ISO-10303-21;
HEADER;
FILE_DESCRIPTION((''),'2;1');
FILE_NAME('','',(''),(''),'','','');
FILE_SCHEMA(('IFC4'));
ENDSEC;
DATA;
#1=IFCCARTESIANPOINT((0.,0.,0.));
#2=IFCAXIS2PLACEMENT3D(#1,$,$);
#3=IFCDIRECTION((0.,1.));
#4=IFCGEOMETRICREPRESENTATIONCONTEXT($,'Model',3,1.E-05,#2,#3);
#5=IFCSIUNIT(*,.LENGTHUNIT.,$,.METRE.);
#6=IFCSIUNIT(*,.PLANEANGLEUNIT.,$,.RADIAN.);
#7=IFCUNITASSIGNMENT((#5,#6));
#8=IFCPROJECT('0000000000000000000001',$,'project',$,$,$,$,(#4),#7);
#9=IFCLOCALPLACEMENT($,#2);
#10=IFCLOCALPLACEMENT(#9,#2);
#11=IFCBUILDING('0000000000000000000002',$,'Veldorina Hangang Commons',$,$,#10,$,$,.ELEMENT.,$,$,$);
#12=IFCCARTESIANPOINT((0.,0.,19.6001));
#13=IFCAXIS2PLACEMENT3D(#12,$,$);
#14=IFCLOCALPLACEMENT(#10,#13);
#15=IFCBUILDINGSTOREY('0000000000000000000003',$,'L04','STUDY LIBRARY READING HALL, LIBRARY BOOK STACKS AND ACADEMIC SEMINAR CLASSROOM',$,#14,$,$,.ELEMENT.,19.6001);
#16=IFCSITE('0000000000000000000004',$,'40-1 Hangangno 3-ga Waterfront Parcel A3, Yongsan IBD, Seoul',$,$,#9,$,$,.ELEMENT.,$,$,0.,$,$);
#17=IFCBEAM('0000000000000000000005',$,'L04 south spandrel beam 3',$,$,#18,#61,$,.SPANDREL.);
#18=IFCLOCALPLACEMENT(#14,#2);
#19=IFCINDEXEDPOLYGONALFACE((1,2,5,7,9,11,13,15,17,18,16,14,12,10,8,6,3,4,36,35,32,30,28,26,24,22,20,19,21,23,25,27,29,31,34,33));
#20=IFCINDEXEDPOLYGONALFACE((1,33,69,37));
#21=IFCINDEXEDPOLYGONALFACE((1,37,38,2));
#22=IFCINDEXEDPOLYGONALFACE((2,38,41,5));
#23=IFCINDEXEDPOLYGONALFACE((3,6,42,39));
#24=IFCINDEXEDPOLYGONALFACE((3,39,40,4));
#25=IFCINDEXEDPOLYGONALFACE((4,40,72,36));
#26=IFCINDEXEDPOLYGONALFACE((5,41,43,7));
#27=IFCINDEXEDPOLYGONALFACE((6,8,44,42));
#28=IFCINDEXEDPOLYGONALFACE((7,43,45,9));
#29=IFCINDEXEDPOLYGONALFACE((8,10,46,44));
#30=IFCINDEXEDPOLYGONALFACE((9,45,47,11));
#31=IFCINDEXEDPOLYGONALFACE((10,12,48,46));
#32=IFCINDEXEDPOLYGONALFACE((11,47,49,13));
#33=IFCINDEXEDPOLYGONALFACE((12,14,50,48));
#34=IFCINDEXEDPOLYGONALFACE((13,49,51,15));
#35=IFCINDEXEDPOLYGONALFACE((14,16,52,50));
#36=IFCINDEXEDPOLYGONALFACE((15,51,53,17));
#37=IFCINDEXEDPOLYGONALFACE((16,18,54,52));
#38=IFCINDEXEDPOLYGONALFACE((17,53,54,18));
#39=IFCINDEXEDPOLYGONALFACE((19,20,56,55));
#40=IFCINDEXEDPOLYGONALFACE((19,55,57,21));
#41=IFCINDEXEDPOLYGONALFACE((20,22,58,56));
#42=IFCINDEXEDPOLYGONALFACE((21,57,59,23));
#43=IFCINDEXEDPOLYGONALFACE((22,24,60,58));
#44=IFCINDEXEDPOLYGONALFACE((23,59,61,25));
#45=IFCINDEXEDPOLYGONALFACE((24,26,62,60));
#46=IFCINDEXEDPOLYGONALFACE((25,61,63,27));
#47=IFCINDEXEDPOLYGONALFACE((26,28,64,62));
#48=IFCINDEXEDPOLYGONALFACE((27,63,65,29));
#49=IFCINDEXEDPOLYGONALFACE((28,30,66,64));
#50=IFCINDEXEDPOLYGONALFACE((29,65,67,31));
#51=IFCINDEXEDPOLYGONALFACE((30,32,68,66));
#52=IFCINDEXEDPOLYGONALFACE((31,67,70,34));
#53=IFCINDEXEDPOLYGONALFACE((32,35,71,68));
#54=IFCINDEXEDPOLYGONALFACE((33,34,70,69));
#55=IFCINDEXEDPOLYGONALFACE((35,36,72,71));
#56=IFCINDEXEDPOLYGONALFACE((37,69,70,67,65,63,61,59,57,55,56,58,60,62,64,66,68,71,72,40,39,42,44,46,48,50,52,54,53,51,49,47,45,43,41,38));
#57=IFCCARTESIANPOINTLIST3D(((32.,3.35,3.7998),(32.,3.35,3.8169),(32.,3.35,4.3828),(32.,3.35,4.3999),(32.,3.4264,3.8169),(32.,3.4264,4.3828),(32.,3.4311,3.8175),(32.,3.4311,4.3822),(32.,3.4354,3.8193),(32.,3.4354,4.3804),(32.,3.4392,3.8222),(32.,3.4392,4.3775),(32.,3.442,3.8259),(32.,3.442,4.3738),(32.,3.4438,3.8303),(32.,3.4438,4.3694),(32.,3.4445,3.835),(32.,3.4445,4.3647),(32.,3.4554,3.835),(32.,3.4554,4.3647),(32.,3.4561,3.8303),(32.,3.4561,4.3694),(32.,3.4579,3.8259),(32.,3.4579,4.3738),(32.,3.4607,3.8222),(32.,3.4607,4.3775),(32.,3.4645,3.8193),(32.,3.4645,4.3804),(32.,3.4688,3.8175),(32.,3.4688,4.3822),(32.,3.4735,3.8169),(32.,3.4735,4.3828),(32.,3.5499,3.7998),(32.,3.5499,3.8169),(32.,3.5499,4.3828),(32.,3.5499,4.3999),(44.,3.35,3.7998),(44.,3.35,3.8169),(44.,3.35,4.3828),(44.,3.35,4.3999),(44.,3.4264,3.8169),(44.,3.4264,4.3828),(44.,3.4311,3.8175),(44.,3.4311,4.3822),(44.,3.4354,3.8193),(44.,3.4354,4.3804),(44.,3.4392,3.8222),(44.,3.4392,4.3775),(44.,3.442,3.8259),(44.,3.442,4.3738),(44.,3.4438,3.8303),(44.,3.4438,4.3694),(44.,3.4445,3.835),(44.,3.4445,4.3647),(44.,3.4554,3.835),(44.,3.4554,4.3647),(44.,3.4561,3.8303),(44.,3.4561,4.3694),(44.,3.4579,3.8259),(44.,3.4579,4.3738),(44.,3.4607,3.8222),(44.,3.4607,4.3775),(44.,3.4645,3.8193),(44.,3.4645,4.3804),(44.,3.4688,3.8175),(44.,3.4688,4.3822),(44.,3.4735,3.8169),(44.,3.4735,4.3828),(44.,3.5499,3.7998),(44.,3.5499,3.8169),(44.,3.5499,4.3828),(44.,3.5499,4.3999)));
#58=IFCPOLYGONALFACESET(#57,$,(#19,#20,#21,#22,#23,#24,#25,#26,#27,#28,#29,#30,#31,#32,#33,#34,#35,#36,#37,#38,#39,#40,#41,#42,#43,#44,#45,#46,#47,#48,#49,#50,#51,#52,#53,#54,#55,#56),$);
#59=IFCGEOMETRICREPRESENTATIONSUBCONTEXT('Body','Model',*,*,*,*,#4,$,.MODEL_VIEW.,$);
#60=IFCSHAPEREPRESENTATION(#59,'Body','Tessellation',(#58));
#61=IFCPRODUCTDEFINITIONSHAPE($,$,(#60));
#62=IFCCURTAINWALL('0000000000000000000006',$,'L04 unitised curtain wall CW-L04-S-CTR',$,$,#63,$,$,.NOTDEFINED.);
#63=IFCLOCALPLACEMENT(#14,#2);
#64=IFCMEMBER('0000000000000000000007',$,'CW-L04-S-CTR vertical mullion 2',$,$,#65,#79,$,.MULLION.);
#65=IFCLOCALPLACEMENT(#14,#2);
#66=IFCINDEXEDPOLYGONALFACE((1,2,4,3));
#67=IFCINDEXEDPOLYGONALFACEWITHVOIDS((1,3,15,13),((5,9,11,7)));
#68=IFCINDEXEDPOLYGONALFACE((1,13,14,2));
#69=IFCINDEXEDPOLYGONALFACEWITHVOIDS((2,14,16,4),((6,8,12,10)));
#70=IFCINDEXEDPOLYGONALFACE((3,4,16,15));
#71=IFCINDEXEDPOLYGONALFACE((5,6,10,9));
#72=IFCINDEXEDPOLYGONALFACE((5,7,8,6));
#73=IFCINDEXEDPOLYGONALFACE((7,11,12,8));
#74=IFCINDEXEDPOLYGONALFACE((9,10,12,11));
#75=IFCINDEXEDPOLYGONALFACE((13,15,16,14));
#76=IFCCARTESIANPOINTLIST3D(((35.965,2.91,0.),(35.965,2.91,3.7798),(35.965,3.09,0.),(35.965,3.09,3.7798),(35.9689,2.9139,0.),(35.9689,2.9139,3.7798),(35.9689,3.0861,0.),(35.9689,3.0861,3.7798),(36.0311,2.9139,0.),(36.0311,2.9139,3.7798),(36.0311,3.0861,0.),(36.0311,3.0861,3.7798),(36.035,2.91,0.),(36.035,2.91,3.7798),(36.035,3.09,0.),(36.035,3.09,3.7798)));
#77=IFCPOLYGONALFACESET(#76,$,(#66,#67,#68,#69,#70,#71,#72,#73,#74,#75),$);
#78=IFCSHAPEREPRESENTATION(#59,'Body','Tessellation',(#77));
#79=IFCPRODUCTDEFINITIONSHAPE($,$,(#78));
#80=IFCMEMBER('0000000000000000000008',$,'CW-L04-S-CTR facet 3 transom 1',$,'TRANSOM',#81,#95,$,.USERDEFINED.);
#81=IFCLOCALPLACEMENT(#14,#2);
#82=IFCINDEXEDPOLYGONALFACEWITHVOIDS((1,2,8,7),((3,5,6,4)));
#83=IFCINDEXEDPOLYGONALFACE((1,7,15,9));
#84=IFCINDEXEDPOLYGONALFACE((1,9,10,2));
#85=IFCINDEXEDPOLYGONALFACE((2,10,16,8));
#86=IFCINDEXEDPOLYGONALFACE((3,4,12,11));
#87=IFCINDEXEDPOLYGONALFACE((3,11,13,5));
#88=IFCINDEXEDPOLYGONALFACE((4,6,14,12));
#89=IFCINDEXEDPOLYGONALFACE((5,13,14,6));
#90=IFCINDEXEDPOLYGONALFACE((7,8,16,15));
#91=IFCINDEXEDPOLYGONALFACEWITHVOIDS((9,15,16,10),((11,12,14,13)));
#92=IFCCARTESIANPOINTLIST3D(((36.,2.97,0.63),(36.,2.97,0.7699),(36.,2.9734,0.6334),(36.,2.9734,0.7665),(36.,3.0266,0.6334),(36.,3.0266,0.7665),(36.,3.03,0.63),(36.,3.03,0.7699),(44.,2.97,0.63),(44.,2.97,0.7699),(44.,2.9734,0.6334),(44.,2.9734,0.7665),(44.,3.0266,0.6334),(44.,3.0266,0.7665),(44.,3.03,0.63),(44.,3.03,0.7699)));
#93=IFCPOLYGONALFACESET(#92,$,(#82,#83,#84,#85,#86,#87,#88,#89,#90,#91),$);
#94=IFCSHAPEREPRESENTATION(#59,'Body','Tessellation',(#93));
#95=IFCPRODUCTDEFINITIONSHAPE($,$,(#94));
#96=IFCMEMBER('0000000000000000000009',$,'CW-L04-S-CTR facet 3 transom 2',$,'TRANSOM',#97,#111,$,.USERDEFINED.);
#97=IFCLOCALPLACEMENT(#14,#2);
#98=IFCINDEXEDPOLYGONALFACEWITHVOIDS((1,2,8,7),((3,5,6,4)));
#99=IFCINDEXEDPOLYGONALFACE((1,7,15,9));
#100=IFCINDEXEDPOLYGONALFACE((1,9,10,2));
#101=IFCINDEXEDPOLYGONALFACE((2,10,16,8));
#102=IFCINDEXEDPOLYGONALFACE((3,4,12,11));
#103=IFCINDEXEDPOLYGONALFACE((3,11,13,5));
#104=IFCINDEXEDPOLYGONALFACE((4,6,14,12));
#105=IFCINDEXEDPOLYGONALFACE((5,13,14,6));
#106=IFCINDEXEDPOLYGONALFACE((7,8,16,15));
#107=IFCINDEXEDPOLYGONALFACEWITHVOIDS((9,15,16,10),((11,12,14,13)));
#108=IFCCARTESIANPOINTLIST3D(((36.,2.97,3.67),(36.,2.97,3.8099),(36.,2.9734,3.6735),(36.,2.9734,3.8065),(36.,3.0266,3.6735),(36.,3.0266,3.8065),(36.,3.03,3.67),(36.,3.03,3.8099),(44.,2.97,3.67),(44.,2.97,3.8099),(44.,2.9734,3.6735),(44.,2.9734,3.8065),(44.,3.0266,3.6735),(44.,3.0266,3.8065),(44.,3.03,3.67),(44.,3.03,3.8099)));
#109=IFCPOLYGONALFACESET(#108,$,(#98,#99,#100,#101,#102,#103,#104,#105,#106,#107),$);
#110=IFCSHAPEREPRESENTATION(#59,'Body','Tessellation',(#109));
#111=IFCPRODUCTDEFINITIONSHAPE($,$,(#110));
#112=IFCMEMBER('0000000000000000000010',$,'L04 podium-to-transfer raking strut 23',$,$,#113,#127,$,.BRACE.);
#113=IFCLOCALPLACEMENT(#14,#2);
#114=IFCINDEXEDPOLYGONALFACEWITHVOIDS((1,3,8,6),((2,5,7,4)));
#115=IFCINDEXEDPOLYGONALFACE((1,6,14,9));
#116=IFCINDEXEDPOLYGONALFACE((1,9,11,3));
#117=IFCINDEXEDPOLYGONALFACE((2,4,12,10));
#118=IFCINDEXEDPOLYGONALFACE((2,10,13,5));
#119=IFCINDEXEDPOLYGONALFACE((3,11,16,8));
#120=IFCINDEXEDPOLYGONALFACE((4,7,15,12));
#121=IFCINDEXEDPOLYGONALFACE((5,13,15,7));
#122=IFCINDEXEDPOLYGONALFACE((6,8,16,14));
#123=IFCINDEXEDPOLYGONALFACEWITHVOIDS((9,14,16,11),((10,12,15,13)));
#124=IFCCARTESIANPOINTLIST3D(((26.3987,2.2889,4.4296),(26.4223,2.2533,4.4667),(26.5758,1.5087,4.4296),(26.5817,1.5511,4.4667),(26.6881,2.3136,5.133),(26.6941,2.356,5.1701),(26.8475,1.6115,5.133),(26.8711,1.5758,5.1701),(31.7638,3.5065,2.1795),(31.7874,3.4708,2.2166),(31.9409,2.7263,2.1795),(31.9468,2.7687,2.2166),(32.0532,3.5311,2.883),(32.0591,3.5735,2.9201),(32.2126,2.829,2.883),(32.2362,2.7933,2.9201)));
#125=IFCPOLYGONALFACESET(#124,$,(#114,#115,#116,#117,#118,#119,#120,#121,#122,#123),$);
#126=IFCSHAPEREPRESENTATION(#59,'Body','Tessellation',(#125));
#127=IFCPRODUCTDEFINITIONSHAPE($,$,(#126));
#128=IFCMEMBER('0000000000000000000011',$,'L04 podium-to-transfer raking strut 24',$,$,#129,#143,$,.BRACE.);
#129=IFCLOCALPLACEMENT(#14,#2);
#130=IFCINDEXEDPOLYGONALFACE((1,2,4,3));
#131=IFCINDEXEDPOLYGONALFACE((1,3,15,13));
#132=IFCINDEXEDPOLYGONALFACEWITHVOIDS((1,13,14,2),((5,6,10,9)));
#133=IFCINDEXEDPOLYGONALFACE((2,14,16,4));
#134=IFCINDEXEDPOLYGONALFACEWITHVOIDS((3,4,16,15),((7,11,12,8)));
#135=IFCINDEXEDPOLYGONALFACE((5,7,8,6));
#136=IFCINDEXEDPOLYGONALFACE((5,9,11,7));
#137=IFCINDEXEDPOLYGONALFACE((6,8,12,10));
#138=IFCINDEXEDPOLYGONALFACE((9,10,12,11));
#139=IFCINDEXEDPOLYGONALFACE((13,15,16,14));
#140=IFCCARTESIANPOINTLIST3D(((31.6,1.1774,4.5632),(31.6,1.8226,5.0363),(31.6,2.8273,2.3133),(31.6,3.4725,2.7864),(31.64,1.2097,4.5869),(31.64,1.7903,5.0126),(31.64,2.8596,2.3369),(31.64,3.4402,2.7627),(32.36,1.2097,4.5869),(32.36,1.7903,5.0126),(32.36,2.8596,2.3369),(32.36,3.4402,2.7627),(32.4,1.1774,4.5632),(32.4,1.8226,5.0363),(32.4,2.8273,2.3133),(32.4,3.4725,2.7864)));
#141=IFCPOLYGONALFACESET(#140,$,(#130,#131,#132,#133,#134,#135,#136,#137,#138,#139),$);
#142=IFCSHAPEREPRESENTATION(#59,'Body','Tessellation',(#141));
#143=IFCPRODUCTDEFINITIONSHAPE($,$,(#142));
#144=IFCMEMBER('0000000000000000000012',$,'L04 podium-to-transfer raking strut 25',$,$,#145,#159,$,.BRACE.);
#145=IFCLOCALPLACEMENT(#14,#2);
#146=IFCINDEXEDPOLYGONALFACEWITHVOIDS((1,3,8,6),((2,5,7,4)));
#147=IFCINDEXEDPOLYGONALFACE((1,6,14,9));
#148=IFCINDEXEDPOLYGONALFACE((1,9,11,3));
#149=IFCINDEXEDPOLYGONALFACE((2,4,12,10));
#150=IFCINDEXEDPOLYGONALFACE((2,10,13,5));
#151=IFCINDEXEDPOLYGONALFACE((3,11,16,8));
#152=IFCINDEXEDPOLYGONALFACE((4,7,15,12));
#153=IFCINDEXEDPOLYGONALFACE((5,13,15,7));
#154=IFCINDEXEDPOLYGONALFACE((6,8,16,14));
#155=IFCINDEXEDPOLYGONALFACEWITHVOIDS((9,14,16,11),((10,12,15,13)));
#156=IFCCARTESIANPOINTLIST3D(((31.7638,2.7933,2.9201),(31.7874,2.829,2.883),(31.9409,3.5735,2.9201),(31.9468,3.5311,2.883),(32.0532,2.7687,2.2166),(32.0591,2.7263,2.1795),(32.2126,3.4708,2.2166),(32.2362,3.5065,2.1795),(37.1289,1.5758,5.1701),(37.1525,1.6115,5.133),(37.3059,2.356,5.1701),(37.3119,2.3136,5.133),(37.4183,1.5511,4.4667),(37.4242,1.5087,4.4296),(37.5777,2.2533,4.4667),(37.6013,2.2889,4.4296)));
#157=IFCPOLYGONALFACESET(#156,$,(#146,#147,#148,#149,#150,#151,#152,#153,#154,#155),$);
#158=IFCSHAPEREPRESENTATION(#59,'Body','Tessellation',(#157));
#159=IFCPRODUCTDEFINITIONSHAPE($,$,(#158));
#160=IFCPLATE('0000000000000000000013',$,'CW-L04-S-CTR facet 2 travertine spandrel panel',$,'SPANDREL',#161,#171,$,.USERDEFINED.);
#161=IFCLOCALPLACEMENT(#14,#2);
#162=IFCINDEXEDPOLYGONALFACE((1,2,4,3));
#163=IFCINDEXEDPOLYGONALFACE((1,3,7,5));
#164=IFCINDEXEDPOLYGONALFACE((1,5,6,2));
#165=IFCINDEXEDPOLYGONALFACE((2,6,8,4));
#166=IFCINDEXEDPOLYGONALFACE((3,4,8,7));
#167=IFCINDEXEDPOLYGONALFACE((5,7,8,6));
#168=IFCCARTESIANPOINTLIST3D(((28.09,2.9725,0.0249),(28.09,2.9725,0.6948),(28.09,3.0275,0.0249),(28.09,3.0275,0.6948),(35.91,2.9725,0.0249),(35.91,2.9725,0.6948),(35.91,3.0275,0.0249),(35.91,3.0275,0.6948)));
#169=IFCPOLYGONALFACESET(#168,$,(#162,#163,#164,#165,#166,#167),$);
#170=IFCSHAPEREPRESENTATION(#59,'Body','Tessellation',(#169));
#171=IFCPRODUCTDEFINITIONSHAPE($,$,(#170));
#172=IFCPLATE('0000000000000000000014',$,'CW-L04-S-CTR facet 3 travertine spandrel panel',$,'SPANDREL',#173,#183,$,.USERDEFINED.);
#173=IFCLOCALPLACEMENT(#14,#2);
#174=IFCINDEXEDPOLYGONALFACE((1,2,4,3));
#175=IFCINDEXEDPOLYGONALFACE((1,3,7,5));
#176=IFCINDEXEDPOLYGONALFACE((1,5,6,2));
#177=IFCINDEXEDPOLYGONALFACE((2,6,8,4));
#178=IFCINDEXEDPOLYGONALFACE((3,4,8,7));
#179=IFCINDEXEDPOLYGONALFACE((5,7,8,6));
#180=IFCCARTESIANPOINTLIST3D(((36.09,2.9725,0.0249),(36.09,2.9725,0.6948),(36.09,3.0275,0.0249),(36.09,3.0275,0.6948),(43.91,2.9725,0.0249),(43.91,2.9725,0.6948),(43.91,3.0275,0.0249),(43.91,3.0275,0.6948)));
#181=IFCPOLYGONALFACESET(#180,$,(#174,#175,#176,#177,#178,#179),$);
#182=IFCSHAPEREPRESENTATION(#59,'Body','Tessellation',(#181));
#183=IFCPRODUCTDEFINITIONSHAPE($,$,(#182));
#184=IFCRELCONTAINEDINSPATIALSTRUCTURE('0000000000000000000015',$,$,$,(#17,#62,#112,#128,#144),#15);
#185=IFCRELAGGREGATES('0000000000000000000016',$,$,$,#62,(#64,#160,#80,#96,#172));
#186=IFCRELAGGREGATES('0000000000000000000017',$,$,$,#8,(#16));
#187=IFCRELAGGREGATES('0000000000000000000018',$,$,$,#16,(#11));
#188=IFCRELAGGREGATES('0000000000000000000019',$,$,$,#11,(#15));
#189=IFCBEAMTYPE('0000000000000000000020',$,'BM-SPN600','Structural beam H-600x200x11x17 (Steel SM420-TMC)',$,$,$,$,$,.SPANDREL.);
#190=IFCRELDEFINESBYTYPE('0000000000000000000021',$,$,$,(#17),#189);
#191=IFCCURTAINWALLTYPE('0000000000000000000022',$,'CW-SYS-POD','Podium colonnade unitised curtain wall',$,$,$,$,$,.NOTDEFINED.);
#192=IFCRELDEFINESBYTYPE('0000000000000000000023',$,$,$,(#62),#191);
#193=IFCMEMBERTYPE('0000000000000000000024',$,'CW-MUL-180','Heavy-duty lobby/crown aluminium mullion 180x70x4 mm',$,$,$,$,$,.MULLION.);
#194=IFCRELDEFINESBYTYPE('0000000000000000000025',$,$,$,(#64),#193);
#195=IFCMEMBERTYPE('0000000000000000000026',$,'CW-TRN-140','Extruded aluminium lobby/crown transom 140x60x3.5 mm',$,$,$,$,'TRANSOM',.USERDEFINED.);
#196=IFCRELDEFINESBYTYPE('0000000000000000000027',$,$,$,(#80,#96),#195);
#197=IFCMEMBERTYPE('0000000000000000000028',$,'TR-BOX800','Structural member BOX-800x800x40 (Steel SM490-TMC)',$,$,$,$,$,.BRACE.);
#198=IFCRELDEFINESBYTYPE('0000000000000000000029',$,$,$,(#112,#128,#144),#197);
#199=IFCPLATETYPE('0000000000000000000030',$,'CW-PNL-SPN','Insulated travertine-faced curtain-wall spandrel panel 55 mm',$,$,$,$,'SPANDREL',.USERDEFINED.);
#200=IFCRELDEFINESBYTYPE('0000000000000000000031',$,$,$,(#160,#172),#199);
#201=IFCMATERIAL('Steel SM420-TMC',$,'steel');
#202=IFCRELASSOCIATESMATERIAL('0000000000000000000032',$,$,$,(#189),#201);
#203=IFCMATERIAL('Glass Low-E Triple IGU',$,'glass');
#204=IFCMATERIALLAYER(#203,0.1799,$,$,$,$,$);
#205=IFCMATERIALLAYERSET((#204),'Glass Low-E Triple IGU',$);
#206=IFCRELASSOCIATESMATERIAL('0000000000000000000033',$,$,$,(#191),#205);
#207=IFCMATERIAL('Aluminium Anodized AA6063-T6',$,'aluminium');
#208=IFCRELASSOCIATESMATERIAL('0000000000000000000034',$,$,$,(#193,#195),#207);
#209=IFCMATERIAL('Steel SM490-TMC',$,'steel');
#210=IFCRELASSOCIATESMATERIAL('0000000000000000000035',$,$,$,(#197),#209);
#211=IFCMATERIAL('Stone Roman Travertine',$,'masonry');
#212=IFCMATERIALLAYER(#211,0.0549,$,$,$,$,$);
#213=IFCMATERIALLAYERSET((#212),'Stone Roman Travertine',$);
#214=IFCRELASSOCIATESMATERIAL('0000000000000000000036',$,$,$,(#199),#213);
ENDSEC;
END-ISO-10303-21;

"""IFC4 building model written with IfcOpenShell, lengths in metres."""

from ifc_helpers import new_model, si_unit, direction, frame, origin, origin_2d, place, context, subcontext, project, spatial, rectangle, hollow_rectangle, i_section, extrude, material, layer, layer_set, material_profile, profile_set, type_object, element, aggregate, save


model = new_model("IFC4")

# Units and contexts
model_context = context("Model", 3, precision=1e-05, world=origin(), true_north=direction((0.0, 1.0)))
body_context = subcontext(model_context, "Body", "Model", "MODEL_VIEW")
ifc_project = project(units=[si_unit("LENGTHUNIT", "METRE"), si_unit("PLANEANGLEUNIT", "RADIAN")], contexts=[model_context])

# Site, building, storey
site_placement = place(None, origin())
site = spatial("IfcSite", under=ifc_project, at=site_placement, Name="40-1 Hangangno 3-ga Waterfront Parcel A3, Yongsan IBD, Seoul", CompositionType="ELEMENT", RefElevation=0.0)
building_placement = place(site_placement, origin())
building = spatial("IfcBuilding", under=site, at=building_placement, Name="Veldorina Hangang Commons", CompositionType="ELEMENT")
storey_placement = place(building_placement, frame((0.0, 0.0, 19.6001)))
storey = spatial("IfcBuildingStorey", under=building, at=storey_placement, Name="L04", Description="STUDY LIBRARY READING HALL, LIBRARY BOOK STACKS AND ACADEMIC SEMINAR CLASSROOM", CompositionType="ELEMENT", Elevation=19.6001)

# Shared definitions
ifc_material_1 = material(Name="Steel SM420-TMC", Category="steel")
ifc_material_2 = material(Name="Steel SM490-TMC", Category="steel")

# Beam
ifc_material_profile_1 = material_profile(ifc_material_1, i_section(OverallWidth=0.2, OverallDepth=0.6001, WebThickness=0.011, FlangeThickness=0.0171, FilletRadius=0.0181, at=origin_2d()), Name="H-600x200x11x17")
ifc_profile_set_1 = profile_set([ifc_material_profile_1], Name="Steel SM420-TMC")
beam_type_1 = type_object("IfcBeamType", Name="BM-SPN600", Description="Structural beam H-600x200x11x17 (Steel SM420-TMC)", PredefinedType="SPANDREL", material=ifc_profile_set_1)
beam_1_placement = place(storey_placement, frame((32.0, 3.45, 4.0999), z_axis=(1.0, 0.0, 0.0), x_axis=(0.0, 1.0, 0.0)))
element("IfcBeam", 1, at=beam_1_placement, inside=storey, type_object=beam_type_1, Name="L04 south spandrel beam 3", PredefinedType="SPANDREL", context=body_context, shape_type="SweptSolid", body=[
    extrude(i_section(OverallWidth=0.2, OverallDepth=0.6001, WebThickness=0.011, FlangeThickness=0.0171, FilletRadius=0.0181, at=origin_2d()), origin(), (0.0, 0.0, 1.0), 12.0),
])

# Curtain wall, members
ifc_material_3 = material(Name="Glass Low-E Triple IGU", Category="glass")
ifc_layer_1 = layer(ifc_material_3, 0.1799)
ifc_layer_set_1 = layer_set([ifc_layer_1], Name="Glass Low-E Triple IGU")
curtain_wall_type = type_object("IfcCurtainWallType", Name="CW-SYS-POD", Description="Podium colonnade unitised curtain wall", PredefinedType="NOTDEFINED", material=ifc_layer_set_1)
curtain_wall_placement = place(storey_placement, origin())
curtain_wall = element("IfcCurtainWall", 2, at=curtain_wall_placement, inside=storey, type_object=curtain_wall_type, Name="L04 unitised curtain wall CW-L04-S-CTR", PredefinedType="NOTDEFINED")
ifc_material_4 = material(Name="Aluminium Anodized AA6063-T6", Category="aluminium")
ifc_material_profile_2 = material_profile(ifc_material_4, hollow_rectangle(XDim=0.0701, YDim=0.1799, WallThickness=0.0039, at=origin_2d()), Name="ALU-RHS-180x70x4")
ifc_profile_set_2 = profile_set([ifc_material_profile_2], Name="Aluminium Anodized AA6063-T6")
member_type_1 = type_object("IfcMemberType", Name="CW-MUL-180", Description="Heavy-duty lobby/crown aluminium mullion 180x70x4 mm", PredefinedType="MULLION", material=ifc_profile_set_2)
member_1_placement = place(storey_placement, frame((36.0, 3.0, 0.0), z_axis=(0.0, 0.0, 1.0), x_axis=(1.0, 0.0, 0.0)))
member_1 = element("IfcMember", 3, at=member_1_placement, type_object=member_type_1, Name="CW-L04-S-CTR vertical mullion 2", PredefinedType="MULLION", context=body_context, shape_type="SweptSolid", body=[
    extrude(hollow_rectangle(XDim=0.0701, YDim=0.1799, WallThickness=0.0039, at=origin_2d()), origin(), (0.0, 0.0, 1.0), 3.7798),
])
ifc_material_profile_3 = material_profile(ifc_material_4, hollow_rectangle(XDim=0.0601, YDim=0.1399, WallThickness=0.0034, at=origin_2d()), Name="ALU-RHS-140x60x3.5")
ifc_profile_set_3 = profile_set([ifc_material_profile_3], Name="Aluminium Anodized AA6063-T6")
member_type_2 = type_object("IfcMemberType", Name="CW-TRN-140", Description="Extruded aluminium lobby/crown transom 140x60x3.5 mm", ElementType="TRANSOM", PredefinedType="USERDEFINED", material=ifc_profile_set_3)
member_2_placement = place(storey_placement, frame((36.0, 3.0, 0.7), z_axis=(1.0, 0.0, 0.0), x_axis=(0.0, 1.0, 0.0)))
member_2 = element("IfcMember", 4, at=member_2_placement, type_object=member_type_2, Name="CW-L04-S-CTR facet 3 transom 1", ObjectType="TRANSOM", PredefinedType="USERDEFINED", context=body_context, shape_type="SweptSolid", body=[
    extrude(hollow_rectangle(XDim=0.0601, YDim=0.1399, WallThickness=0.0034, at=origin_2d()), origin(), (0.0, 0.0, 1.0), 8.0),
])
member_3_placement = place(storey_placement, frame((36.0, 3.0, 3.74), z_axis=(1.0, 0.0, 0.0), x_axis=(0.0, 1.0, 0.0)))
member_3 = element("IfcMember", 5, at=member_3_placement, type_object=member_type_2, Name="CW-L04-S-CTR facet 3 transom 2", ObjectType="TRANSOM", PredefinedType="USERDEFINED", context=body_context, shape_type="SweptSolid", body=[
    extrude(hollow_rectangle(XDim=0.0601, YDim=0.1399, WallThickness=0.0034, at=origin_2d()), origin(), (0.0, 0.0, 1.0), 8.0),
])

# Members
ifc_material_profile_4 = material_profile(ifc_material_2, hollow_rectangle(XDim=0.8, YDim=0.8, WallThickness=0.04, at=origin_2d()), Name="BOX-800x800x40")
ifc_profile_set_4 = profile_set([ifc_material_profile_4], Name="Steel SM490-TMC")
member_type_3 = type_object("IfcMemberType", Name="TR-BOX800", Description="Structural member BOX-800x800x40 (Steel SM490-TMC)", PredefinedType="BRACE", material=ifc_profile_set_4)
member_4_placement = place(storey_placement, frame((32.0, 3.1499, 2.5498), z_axis=(-0.902629, -0.204842, 0.37855), x_axis=(0.221312, -0.975203, 0.0)))
element("IfcMember", 6, at=member_4_placement, inside=storey, type_object=member_type_3, Name="L04 podium-to-transfer raking strut 23", PredefinedType="BRACE", context=body_context, shape_type="SweptSolid", body=[
    extrude(hollow_rectangle(XDim=0.8, YDim=0.8, WallThickness=0.04, at=origin_2d()), origin(), (0.0, 0.0, 1.0), 5.9438),
])
member_5_placement = place(storey_placement, frame((32.0, 3.1499, 2.5498), z_axis=(0.0, -0.591341, 0.806422), x_axis=(1.0, 0.0, 0.0)))
element("IfcMember", 7, at=member_5_placement, inside=storey, type_object=member_type_3, Name="L04 podium-to-transfer raking strut 24", PredefinedType="BRACE", context=body_context, shape_type="SweptSolid", body=[
    extrude(hollow_rectangle(XDim=0.8, YDim=0.8, WallThickness=0.04, at=origin_2d()), origin(), (0.0, 0.0, 1.0), 2.79),
])
member_6_placement = place(storey_placement, frame((32.0, 3.1499, 2.5498), z_axis=(0.902629, -0.204842, 0.37855), x_axis=(0.221312, 0.975203, 0.0)))
element("IfcMember", 8, at=member_6_placement, inside=storey, type_object=member_type_3, Name="L04 podium-to-transfer raking strut 25", PredefinedType="BRACE", context=body_context, shape_type="SweptSolid", body=[
    extrude(hollow_rectangle(XDim=0.8, YDim=0.8, WallThickness=0.04, at=origin_2d()), origin(), (0.0, 0.0, 1.0), 5.9438),
])

# Plates
ifc_material_5 = material(Name="Stone Roman Travertine", Category="masonry")
ifc_layer_2 = layer(ifc_material_5, 0.0549)
ifc_layer_set_2 = layer_set([ifc_layer_2], Name="Stone Roman Travertine")
plate_type_1 = type_object("IfcPlateType", Name="CW-PNL-SPN", Description="Insulated travertine-faced curtain-wall spandrel panel 55 mm", ElementType="SPANDREL", PredefinedType="USERDEFINED", material=ifc_layer_set_2)
plate_1_placement = place(storey_placement, frame((32.0, 3.0, 0.0249), z_axis=(0.0, 0.0, 1.0), x_axis=(1.0, 0.0, 0.0)))
plate_1 = element("IfcPlate", 9, at=plate_1_placement, type_object=plate_type_1, Name="CW-L04-S-CTR facet 2 travertine spandrel panel", ObjectType="SPANDREL", PredefinedType="USERDEFINED", context=body_context, shape_type="SweptSolid", body=[
    extrude(rectangle(XDim=7.8201, YDim=0.0549, at=origin_2d()), origin(), (0.0, 0.0, 1.0), 0.6699),
])
plate_2_placement = place(storey_placement, frame((40.0, 3.0, 0.0249), z_axis=(0.0, 0.0, 1.0), x_axis=(1.0, 0.0, 0.0)))
plate_2 = element("IfcPlate", 10, at=plate_2_placement, type_object=plate_type_1, Name="CW-L04-S-CTR facet 3 travertine spandrel panel", ObjectType="SPANDREL", PredefinedType="USERDEFINED", context=body_context, shape_type="SweptSolid", body=[
    extrude(rectangle(XDim=7.8201, YDim=0.0549, at=origin_2d()), origin(), (0.0, 0.0, 1.0), 0.6699),
])
aggregate(curtain_wall, [member_1, plate_1, member_2, member_3, plate_2])

save(model, "model.ifc")
